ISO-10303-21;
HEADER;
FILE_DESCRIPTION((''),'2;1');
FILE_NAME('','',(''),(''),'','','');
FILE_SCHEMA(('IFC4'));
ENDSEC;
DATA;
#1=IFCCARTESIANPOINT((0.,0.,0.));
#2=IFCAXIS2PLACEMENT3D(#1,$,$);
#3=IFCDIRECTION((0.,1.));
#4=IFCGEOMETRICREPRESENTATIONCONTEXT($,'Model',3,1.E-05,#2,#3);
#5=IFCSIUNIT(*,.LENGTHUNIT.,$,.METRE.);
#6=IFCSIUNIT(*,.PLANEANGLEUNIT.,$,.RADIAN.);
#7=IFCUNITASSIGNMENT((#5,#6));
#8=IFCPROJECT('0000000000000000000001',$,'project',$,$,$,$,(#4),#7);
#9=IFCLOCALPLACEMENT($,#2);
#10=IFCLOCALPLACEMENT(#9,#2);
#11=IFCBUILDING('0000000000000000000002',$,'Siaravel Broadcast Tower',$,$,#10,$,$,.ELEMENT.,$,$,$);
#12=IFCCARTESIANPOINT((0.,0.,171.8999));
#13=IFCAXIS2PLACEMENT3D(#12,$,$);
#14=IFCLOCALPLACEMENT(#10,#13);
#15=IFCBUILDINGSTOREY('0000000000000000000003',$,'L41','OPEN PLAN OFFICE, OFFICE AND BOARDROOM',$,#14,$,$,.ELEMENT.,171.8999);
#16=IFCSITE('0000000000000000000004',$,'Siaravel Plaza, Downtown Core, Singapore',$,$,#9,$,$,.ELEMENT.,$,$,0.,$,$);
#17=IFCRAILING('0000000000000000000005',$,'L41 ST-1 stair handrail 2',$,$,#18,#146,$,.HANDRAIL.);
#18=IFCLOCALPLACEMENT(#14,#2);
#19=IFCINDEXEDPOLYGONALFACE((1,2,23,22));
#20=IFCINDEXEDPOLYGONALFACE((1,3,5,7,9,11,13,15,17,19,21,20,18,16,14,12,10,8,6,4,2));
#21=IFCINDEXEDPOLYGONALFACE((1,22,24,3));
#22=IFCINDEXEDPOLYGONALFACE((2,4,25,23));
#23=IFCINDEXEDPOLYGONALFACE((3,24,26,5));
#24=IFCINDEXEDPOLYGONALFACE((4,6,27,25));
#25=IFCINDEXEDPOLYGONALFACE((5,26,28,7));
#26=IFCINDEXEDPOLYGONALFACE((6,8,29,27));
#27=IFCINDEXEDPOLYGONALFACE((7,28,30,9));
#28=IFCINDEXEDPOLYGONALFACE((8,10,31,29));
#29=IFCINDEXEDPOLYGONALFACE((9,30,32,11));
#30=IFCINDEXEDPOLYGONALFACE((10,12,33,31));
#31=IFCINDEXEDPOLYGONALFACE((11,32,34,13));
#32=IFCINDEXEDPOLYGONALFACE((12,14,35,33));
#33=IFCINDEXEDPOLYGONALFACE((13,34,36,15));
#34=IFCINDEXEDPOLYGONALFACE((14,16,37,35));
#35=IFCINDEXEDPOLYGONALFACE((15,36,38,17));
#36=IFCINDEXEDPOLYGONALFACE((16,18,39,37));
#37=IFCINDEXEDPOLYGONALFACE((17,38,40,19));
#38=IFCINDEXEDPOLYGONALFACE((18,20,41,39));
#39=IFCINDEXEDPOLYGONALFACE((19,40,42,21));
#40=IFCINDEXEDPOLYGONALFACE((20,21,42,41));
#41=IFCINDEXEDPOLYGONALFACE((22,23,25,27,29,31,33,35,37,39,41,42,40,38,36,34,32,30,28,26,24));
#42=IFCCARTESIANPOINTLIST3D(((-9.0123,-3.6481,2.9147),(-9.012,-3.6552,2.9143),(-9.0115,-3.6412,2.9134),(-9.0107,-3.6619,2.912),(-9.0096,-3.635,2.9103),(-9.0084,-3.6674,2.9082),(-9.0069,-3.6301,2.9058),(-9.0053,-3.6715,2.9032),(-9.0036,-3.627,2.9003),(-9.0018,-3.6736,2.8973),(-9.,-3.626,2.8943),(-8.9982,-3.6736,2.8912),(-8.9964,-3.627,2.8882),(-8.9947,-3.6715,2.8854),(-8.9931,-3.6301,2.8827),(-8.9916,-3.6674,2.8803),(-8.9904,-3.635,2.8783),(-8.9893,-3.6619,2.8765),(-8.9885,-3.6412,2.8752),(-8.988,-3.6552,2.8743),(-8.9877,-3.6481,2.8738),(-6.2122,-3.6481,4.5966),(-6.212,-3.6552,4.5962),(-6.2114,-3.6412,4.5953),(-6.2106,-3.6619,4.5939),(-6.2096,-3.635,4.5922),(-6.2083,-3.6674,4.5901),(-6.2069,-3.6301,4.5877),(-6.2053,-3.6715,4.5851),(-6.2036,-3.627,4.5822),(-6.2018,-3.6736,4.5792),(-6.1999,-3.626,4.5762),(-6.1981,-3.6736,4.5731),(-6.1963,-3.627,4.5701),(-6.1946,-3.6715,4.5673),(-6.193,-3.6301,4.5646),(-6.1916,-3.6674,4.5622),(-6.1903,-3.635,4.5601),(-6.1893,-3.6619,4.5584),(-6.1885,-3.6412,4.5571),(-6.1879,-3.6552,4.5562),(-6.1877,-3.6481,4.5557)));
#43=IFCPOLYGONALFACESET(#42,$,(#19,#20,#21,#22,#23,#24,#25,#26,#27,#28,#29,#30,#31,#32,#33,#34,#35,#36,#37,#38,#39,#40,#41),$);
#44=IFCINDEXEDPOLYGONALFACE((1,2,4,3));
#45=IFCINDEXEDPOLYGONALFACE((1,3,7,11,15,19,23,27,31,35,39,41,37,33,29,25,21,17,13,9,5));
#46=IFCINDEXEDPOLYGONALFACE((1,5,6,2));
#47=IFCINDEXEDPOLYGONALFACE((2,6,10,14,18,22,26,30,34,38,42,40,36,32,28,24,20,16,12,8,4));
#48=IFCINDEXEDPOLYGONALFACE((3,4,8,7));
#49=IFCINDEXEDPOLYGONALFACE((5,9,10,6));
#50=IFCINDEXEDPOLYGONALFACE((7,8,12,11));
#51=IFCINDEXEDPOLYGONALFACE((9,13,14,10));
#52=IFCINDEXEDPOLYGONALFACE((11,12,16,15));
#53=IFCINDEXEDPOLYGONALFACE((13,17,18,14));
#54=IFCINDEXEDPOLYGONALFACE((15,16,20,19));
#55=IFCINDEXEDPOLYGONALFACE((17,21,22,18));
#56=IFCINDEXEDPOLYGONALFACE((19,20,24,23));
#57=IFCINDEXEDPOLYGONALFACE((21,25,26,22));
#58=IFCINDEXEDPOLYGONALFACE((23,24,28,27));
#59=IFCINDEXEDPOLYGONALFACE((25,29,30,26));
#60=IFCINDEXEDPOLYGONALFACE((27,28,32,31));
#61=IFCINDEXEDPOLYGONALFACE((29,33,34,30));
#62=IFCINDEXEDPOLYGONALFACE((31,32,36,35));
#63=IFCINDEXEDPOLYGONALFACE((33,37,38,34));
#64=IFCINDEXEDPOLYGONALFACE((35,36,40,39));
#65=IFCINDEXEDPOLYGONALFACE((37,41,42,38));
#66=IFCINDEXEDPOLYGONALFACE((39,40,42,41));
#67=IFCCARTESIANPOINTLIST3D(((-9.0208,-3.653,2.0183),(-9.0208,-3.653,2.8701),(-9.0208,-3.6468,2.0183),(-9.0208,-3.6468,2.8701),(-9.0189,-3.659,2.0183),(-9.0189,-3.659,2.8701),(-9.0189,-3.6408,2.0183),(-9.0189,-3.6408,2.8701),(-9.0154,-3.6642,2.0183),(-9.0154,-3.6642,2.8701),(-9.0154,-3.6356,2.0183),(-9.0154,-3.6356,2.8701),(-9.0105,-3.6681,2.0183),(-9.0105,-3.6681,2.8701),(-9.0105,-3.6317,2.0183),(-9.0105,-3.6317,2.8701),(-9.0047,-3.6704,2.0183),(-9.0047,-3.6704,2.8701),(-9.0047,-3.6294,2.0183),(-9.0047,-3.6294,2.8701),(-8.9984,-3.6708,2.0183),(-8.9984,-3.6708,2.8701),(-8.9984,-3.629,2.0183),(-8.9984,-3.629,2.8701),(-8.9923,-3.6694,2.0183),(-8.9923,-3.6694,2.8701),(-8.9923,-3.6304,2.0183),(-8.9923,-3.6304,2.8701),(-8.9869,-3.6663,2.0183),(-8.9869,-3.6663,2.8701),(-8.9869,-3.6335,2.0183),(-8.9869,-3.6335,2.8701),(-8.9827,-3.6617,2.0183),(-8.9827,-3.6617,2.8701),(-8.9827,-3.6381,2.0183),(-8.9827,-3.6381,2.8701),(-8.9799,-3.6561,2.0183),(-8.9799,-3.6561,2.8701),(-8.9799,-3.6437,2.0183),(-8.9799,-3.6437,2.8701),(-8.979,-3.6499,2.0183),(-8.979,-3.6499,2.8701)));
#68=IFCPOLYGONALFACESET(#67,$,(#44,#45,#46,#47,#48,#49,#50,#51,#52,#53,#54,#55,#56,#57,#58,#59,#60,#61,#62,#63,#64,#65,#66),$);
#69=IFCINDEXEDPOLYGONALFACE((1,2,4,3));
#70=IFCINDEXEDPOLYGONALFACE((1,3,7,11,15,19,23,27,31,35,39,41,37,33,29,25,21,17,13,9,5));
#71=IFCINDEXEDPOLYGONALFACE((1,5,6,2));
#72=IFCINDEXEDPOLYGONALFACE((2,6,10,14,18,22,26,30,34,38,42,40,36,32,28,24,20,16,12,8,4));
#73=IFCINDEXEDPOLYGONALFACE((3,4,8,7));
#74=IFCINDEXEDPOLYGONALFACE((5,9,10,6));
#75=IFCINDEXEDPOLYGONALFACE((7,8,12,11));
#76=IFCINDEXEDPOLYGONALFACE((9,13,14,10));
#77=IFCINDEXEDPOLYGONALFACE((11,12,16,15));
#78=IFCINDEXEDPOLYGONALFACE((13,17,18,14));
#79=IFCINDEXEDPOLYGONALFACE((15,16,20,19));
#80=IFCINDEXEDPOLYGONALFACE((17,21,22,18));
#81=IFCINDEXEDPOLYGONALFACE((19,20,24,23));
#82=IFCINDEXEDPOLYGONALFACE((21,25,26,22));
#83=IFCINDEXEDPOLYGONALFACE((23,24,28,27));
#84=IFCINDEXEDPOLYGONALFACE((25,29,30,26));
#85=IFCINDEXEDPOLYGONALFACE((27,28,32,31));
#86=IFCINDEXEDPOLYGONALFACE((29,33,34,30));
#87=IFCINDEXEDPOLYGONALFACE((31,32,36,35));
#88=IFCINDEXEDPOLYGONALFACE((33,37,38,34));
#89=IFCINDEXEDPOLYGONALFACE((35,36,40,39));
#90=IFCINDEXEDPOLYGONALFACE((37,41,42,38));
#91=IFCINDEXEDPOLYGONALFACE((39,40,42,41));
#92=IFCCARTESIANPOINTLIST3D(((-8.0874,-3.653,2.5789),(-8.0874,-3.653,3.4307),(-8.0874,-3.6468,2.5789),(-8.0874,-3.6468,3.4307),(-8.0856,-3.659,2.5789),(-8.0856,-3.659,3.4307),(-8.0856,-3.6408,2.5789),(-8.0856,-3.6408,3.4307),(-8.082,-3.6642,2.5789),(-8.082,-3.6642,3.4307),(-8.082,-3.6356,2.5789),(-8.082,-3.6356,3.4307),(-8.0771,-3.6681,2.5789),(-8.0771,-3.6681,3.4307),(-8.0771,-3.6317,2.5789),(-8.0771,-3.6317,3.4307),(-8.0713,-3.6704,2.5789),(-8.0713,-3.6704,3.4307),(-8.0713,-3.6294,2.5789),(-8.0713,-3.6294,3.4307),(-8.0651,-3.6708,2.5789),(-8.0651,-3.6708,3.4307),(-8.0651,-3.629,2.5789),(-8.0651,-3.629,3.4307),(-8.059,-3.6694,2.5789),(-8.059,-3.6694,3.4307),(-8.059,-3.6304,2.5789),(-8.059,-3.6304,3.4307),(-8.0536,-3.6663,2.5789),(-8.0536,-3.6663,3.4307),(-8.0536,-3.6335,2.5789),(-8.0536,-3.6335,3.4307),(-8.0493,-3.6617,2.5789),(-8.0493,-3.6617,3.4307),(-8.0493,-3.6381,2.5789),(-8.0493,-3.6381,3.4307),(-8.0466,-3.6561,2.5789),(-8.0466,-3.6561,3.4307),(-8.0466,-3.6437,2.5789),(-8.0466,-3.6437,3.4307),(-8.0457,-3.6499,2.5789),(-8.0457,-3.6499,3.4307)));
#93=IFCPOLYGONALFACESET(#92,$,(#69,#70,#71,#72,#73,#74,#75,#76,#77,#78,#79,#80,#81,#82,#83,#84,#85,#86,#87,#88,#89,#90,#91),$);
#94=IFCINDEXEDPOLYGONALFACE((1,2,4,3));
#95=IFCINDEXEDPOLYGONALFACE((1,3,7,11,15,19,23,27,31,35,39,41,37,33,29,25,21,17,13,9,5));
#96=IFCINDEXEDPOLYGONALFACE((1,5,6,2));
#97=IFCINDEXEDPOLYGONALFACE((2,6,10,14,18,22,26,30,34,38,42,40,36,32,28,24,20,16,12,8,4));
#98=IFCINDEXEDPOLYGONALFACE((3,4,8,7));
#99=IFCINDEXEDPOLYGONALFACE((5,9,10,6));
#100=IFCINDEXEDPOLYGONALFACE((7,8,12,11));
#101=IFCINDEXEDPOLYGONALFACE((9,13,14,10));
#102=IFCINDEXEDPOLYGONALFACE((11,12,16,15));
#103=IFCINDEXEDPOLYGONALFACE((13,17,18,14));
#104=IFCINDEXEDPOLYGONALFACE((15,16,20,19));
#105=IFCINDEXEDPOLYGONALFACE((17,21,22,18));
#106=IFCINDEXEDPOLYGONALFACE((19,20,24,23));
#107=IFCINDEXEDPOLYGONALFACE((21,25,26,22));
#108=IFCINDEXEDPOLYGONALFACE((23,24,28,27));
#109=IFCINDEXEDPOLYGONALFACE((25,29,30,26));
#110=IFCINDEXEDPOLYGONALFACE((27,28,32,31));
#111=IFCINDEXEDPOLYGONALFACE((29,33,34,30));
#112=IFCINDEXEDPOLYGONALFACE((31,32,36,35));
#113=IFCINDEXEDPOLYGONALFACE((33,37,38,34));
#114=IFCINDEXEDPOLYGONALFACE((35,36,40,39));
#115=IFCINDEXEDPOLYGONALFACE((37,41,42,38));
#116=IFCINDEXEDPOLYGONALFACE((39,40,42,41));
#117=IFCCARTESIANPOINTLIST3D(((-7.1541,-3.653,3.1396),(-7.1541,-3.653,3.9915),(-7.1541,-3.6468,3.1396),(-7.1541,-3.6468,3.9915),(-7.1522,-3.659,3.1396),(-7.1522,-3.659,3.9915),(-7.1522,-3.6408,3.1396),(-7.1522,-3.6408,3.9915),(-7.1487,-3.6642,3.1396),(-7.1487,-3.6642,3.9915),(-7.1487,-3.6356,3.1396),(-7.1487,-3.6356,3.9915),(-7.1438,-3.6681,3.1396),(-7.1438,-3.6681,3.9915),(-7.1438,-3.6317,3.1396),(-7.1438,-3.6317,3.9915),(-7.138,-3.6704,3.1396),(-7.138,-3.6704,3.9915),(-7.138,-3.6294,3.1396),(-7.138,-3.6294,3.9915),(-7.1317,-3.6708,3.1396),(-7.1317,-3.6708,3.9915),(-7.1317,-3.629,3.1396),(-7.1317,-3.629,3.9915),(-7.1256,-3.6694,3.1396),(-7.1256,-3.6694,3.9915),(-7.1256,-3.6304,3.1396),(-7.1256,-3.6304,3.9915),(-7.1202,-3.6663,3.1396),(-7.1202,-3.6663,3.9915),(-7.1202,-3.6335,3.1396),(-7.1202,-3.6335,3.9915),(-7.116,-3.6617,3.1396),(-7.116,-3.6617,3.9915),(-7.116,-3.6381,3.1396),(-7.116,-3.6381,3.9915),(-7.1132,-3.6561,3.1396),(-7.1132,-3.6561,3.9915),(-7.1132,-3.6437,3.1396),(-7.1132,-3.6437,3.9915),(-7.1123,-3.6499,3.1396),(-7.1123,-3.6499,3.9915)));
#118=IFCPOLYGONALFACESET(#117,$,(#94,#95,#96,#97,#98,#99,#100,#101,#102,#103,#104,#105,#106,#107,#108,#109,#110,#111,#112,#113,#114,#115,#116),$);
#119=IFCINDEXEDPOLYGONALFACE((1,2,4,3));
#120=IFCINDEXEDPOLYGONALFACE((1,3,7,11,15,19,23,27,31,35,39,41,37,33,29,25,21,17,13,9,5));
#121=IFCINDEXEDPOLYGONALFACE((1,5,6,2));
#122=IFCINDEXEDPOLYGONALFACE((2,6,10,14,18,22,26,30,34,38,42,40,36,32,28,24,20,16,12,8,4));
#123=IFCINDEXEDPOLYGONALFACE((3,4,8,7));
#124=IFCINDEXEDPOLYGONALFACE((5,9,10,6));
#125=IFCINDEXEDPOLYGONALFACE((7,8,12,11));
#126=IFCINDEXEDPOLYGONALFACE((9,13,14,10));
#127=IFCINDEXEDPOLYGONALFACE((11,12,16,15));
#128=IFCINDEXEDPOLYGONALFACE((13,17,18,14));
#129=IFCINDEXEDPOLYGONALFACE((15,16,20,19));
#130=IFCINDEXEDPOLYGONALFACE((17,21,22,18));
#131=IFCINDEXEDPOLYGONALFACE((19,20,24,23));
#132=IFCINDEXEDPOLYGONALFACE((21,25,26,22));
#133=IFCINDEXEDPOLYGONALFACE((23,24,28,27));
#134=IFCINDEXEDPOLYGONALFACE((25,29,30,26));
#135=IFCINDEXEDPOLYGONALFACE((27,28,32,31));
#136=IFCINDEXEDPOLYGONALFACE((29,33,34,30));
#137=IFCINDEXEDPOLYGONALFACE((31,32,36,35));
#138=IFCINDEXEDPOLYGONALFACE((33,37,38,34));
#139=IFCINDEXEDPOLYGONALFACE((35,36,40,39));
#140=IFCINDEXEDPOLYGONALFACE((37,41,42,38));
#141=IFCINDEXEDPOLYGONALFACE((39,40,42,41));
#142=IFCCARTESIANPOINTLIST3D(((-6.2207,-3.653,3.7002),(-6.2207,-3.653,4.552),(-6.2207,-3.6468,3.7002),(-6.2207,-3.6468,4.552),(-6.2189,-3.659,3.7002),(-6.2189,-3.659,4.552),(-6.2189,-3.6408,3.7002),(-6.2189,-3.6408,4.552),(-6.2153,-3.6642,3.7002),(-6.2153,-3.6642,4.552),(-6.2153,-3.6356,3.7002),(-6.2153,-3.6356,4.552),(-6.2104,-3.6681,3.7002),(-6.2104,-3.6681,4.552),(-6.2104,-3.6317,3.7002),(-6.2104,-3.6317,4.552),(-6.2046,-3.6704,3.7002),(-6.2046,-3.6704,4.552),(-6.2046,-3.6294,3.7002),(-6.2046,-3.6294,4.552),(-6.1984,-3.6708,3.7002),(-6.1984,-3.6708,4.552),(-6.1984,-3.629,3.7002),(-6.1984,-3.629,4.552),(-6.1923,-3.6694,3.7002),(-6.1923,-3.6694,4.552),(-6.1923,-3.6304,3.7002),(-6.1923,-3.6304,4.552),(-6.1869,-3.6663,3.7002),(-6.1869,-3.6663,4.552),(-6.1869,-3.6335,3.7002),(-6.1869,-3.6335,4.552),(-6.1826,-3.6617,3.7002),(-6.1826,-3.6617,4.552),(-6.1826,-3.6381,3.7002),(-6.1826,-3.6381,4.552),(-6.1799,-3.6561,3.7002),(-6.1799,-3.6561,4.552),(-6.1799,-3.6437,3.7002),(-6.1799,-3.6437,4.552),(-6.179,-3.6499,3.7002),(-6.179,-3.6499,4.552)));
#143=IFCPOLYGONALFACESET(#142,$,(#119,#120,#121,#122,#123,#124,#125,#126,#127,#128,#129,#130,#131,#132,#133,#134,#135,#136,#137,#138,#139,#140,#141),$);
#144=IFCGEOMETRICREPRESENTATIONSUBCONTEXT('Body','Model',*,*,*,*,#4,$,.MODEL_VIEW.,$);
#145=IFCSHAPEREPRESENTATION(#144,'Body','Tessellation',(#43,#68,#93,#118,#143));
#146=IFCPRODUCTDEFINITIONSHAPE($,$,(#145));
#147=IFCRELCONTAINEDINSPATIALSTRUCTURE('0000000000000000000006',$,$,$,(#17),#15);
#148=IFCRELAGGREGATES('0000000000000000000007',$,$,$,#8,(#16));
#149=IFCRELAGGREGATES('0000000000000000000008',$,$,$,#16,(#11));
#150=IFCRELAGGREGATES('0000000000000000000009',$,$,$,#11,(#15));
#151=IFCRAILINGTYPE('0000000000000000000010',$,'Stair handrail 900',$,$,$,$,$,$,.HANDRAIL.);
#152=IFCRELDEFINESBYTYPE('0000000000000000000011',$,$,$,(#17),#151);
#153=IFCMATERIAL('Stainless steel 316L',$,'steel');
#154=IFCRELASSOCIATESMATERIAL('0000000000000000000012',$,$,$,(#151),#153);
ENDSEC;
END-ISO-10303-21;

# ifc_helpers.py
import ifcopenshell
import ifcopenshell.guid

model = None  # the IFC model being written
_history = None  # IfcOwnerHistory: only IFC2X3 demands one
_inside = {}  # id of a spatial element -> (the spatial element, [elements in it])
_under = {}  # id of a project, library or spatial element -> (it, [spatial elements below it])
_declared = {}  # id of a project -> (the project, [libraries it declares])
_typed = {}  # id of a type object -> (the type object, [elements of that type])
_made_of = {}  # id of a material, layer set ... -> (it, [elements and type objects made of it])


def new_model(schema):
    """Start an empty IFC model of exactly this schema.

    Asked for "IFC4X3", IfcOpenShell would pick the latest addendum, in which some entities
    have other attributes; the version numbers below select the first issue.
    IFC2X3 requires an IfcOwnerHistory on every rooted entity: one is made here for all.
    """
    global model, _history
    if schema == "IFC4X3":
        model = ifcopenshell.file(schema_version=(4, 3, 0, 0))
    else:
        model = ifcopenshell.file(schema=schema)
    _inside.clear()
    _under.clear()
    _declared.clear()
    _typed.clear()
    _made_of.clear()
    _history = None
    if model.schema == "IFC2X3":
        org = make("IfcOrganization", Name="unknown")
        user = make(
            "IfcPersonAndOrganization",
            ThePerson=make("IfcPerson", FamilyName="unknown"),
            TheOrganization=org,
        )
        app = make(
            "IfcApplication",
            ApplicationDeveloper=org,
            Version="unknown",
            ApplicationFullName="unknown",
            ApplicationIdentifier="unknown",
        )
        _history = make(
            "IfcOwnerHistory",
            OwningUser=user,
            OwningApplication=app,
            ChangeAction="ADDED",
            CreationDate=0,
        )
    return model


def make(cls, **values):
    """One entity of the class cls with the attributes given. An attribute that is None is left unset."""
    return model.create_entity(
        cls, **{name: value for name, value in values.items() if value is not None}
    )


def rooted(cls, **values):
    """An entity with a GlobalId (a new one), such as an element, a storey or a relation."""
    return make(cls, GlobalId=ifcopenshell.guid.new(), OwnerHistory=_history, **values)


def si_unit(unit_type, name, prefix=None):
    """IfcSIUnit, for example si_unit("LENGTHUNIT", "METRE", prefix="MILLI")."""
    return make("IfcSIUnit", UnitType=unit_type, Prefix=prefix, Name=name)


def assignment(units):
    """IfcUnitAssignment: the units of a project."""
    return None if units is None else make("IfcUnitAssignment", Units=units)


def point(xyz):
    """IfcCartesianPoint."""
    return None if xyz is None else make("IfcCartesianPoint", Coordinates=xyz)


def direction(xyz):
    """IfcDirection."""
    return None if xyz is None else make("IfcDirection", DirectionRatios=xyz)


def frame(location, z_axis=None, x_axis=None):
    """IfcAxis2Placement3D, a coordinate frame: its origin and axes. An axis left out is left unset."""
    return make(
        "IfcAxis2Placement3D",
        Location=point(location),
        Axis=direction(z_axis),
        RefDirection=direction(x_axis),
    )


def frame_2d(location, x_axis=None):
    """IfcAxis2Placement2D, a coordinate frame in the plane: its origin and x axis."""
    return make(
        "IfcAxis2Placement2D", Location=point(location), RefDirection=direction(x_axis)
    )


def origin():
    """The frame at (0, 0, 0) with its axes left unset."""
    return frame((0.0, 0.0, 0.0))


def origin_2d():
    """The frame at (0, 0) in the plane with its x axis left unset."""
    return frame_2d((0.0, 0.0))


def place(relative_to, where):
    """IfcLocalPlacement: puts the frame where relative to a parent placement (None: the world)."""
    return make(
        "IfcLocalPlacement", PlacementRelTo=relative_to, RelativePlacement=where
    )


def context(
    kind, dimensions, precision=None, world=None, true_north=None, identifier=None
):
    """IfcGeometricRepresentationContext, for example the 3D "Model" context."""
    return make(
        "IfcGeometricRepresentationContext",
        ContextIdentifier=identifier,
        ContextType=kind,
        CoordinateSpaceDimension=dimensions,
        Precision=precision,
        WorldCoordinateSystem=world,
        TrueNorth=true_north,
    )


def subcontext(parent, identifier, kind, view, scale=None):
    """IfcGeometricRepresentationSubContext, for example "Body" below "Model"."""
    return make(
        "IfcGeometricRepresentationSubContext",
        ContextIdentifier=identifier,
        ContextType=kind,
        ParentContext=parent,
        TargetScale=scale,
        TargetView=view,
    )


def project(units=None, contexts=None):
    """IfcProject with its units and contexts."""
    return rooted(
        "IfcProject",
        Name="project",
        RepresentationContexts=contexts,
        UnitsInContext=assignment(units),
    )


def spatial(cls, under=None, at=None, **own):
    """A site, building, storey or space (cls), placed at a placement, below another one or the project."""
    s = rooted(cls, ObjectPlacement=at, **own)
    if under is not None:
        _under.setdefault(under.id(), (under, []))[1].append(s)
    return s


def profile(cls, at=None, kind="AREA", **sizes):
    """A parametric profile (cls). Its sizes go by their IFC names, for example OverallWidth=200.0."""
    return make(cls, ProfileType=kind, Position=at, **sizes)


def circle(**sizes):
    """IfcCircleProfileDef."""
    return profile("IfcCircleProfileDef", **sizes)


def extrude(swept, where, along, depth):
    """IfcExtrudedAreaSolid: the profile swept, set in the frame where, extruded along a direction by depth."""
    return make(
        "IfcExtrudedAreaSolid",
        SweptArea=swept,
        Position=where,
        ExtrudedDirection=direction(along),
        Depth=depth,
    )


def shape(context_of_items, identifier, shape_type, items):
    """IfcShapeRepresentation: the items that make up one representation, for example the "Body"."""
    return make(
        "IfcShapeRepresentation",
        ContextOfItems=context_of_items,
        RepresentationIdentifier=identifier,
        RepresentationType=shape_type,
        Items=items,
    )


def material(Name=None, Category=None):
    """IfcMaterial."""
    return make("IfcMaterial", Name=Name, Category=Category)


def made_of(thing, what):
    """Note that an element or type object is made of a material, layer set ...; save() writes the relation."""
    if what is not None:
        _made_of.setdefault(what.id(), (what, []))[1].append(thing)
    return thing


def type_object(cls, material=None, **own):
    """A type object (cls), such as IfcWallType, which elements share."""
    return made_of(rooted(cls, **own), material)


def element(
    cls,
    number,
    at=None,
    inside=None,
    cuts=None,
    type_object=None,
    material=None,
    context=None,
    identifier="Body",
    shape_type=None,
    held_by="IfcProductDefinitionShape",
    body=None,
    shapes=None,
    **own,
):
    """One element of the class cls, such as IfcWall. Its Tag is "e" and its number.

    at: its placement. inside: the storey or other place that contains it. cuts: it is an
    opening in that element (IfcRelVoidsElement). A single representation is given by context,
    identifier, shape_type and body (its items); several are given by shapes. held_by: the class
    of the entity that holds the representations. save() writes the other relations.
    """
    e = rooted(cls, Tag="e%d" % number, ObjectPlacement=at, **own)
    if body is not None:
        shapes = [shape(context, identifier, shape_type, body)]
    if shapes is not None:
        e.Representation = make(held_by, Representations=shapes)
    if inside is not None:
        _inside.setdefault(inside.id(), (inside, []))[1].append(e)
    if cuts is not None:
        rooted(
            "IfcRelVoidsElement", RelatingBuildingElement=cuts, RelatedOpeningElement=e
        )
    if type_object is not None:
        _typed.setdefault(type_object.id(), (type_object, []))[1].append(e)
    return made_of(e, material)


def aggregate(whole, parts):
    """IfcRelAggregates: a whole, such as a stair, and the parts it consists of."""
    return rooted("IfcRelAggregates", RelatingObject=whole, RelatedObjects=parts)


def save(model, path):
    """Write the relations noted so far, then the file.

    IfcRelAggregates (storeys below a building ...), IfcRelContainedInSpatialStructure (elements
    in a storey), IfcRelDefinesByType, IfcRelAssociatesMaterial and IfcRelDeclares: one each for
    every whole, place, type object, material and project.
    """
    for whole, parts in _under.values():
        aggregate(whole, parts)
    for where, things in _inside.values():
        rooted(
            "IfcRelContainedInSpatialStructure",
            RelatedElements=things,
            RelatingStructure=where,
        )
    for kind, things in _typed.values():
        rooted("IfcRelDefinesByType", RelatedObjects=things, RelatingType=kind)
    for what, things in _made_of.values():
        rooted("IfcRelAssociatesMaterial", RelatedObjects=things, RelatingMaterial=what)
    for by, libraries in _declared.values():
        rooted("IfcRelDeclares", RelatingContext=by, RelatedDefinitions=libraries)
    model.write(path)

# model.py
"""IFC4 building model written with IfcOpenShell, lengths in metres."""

from ifc_helpers import new_model, si_unit, direction, frame, origin, origin_2d, place, context, subcontext, project, spatial, circle, extrude, material, type_object, element, save


model = new_model("IFC4")

# Units and contexts
model_context = context("Model", 3, precision=1e-05, world=origin(), true_north=direction((0.0, 1.0)))
body_context = subcontext(model_context, "Body", "Model", "MODEL_VIEW")
ifc_project = project(units=[si_unit("LENGTHUNIT", "METRE"), si_unit("PLANEANGLEUNIT", "RADIAN")], contexts=[model_context])

# Site, building, storey
site_placement = place(None, origin())
site = spatial("IfcSite", under=ifc_project, at=site_placement, Name="Siaravel Plaza, Downtown Core, Singapore", CompositionType="ELEMENT", RefElevation=0.0)
building_placement = place(site_placement, origin())
building = spatial("IfcBuilding", under=site, at=building_placement, Name="Siaravel Broadcast Tower", CompositionType="ELEMENT")
storey_placement = place(building_placement, frame((0.0, 0.0, 171.8999)))
storey = spatial("IfcBuildingStorey", under=building, at=storey_placement, Name="L41", Description="OPEN PLAN OFFICE, OFFICE AND BOARDROOM", CompositionType="ELEMENT", Elevation=171.8999)

# Shared definitions
ifc_material_1 = material(Name="Stainless steel 316L", Category="steel")

# Railing
railing_type_1 = type_object("IfcRailingType", Name="Stair handrail 900", PredefinedType="HANDRAIL", material=ifc_material_1)
railing_1_placement = place(storey_placement, frame((-9.0, -3.6499, 2.0183)))
element("IfcRailing", 1, at=railing_1_placement, inside=storey, type_object=railing_type_1, Name="L41 ST-1 stair handrail 2", PredefinedType="HANDRAIL", context=body_context, shape_type="SweptSolid", body=[
    extrude(circle(Radius=0.0239, at=origin_2d()), frame((0.0, 0.0, 0.876), z_axis=(0.857242, 0.0, 0.514913), x_axis=(0.0, 1.0, 0.0)), (0.0, 0.0, 1.0), 3.2664),
    extrude(circle(Radius=0.021, at=origin_2d()), origin(), (0.0, 0.0, 1.0), 0.8518),
    extrude(circle(Radius=0.021, at=origin_2d()), frame((0.9333, 0.0, 0.5605)), (0.0, 0.0, 1.0), 0.8518),
    extrude(circle(Radius=0.021, at=origin_2d()), frame((1.8667, 0.0, 1.1213)), (0.0, 0.0, 1.0), 0.8518),
    extrude(circle(Radius=0.021, at=origin_2d()), frame((2.8, 0.0, 1.6819)), (0.0, 0.0, 1.0), 0.8518),
])

save(model, "model.ifc")
